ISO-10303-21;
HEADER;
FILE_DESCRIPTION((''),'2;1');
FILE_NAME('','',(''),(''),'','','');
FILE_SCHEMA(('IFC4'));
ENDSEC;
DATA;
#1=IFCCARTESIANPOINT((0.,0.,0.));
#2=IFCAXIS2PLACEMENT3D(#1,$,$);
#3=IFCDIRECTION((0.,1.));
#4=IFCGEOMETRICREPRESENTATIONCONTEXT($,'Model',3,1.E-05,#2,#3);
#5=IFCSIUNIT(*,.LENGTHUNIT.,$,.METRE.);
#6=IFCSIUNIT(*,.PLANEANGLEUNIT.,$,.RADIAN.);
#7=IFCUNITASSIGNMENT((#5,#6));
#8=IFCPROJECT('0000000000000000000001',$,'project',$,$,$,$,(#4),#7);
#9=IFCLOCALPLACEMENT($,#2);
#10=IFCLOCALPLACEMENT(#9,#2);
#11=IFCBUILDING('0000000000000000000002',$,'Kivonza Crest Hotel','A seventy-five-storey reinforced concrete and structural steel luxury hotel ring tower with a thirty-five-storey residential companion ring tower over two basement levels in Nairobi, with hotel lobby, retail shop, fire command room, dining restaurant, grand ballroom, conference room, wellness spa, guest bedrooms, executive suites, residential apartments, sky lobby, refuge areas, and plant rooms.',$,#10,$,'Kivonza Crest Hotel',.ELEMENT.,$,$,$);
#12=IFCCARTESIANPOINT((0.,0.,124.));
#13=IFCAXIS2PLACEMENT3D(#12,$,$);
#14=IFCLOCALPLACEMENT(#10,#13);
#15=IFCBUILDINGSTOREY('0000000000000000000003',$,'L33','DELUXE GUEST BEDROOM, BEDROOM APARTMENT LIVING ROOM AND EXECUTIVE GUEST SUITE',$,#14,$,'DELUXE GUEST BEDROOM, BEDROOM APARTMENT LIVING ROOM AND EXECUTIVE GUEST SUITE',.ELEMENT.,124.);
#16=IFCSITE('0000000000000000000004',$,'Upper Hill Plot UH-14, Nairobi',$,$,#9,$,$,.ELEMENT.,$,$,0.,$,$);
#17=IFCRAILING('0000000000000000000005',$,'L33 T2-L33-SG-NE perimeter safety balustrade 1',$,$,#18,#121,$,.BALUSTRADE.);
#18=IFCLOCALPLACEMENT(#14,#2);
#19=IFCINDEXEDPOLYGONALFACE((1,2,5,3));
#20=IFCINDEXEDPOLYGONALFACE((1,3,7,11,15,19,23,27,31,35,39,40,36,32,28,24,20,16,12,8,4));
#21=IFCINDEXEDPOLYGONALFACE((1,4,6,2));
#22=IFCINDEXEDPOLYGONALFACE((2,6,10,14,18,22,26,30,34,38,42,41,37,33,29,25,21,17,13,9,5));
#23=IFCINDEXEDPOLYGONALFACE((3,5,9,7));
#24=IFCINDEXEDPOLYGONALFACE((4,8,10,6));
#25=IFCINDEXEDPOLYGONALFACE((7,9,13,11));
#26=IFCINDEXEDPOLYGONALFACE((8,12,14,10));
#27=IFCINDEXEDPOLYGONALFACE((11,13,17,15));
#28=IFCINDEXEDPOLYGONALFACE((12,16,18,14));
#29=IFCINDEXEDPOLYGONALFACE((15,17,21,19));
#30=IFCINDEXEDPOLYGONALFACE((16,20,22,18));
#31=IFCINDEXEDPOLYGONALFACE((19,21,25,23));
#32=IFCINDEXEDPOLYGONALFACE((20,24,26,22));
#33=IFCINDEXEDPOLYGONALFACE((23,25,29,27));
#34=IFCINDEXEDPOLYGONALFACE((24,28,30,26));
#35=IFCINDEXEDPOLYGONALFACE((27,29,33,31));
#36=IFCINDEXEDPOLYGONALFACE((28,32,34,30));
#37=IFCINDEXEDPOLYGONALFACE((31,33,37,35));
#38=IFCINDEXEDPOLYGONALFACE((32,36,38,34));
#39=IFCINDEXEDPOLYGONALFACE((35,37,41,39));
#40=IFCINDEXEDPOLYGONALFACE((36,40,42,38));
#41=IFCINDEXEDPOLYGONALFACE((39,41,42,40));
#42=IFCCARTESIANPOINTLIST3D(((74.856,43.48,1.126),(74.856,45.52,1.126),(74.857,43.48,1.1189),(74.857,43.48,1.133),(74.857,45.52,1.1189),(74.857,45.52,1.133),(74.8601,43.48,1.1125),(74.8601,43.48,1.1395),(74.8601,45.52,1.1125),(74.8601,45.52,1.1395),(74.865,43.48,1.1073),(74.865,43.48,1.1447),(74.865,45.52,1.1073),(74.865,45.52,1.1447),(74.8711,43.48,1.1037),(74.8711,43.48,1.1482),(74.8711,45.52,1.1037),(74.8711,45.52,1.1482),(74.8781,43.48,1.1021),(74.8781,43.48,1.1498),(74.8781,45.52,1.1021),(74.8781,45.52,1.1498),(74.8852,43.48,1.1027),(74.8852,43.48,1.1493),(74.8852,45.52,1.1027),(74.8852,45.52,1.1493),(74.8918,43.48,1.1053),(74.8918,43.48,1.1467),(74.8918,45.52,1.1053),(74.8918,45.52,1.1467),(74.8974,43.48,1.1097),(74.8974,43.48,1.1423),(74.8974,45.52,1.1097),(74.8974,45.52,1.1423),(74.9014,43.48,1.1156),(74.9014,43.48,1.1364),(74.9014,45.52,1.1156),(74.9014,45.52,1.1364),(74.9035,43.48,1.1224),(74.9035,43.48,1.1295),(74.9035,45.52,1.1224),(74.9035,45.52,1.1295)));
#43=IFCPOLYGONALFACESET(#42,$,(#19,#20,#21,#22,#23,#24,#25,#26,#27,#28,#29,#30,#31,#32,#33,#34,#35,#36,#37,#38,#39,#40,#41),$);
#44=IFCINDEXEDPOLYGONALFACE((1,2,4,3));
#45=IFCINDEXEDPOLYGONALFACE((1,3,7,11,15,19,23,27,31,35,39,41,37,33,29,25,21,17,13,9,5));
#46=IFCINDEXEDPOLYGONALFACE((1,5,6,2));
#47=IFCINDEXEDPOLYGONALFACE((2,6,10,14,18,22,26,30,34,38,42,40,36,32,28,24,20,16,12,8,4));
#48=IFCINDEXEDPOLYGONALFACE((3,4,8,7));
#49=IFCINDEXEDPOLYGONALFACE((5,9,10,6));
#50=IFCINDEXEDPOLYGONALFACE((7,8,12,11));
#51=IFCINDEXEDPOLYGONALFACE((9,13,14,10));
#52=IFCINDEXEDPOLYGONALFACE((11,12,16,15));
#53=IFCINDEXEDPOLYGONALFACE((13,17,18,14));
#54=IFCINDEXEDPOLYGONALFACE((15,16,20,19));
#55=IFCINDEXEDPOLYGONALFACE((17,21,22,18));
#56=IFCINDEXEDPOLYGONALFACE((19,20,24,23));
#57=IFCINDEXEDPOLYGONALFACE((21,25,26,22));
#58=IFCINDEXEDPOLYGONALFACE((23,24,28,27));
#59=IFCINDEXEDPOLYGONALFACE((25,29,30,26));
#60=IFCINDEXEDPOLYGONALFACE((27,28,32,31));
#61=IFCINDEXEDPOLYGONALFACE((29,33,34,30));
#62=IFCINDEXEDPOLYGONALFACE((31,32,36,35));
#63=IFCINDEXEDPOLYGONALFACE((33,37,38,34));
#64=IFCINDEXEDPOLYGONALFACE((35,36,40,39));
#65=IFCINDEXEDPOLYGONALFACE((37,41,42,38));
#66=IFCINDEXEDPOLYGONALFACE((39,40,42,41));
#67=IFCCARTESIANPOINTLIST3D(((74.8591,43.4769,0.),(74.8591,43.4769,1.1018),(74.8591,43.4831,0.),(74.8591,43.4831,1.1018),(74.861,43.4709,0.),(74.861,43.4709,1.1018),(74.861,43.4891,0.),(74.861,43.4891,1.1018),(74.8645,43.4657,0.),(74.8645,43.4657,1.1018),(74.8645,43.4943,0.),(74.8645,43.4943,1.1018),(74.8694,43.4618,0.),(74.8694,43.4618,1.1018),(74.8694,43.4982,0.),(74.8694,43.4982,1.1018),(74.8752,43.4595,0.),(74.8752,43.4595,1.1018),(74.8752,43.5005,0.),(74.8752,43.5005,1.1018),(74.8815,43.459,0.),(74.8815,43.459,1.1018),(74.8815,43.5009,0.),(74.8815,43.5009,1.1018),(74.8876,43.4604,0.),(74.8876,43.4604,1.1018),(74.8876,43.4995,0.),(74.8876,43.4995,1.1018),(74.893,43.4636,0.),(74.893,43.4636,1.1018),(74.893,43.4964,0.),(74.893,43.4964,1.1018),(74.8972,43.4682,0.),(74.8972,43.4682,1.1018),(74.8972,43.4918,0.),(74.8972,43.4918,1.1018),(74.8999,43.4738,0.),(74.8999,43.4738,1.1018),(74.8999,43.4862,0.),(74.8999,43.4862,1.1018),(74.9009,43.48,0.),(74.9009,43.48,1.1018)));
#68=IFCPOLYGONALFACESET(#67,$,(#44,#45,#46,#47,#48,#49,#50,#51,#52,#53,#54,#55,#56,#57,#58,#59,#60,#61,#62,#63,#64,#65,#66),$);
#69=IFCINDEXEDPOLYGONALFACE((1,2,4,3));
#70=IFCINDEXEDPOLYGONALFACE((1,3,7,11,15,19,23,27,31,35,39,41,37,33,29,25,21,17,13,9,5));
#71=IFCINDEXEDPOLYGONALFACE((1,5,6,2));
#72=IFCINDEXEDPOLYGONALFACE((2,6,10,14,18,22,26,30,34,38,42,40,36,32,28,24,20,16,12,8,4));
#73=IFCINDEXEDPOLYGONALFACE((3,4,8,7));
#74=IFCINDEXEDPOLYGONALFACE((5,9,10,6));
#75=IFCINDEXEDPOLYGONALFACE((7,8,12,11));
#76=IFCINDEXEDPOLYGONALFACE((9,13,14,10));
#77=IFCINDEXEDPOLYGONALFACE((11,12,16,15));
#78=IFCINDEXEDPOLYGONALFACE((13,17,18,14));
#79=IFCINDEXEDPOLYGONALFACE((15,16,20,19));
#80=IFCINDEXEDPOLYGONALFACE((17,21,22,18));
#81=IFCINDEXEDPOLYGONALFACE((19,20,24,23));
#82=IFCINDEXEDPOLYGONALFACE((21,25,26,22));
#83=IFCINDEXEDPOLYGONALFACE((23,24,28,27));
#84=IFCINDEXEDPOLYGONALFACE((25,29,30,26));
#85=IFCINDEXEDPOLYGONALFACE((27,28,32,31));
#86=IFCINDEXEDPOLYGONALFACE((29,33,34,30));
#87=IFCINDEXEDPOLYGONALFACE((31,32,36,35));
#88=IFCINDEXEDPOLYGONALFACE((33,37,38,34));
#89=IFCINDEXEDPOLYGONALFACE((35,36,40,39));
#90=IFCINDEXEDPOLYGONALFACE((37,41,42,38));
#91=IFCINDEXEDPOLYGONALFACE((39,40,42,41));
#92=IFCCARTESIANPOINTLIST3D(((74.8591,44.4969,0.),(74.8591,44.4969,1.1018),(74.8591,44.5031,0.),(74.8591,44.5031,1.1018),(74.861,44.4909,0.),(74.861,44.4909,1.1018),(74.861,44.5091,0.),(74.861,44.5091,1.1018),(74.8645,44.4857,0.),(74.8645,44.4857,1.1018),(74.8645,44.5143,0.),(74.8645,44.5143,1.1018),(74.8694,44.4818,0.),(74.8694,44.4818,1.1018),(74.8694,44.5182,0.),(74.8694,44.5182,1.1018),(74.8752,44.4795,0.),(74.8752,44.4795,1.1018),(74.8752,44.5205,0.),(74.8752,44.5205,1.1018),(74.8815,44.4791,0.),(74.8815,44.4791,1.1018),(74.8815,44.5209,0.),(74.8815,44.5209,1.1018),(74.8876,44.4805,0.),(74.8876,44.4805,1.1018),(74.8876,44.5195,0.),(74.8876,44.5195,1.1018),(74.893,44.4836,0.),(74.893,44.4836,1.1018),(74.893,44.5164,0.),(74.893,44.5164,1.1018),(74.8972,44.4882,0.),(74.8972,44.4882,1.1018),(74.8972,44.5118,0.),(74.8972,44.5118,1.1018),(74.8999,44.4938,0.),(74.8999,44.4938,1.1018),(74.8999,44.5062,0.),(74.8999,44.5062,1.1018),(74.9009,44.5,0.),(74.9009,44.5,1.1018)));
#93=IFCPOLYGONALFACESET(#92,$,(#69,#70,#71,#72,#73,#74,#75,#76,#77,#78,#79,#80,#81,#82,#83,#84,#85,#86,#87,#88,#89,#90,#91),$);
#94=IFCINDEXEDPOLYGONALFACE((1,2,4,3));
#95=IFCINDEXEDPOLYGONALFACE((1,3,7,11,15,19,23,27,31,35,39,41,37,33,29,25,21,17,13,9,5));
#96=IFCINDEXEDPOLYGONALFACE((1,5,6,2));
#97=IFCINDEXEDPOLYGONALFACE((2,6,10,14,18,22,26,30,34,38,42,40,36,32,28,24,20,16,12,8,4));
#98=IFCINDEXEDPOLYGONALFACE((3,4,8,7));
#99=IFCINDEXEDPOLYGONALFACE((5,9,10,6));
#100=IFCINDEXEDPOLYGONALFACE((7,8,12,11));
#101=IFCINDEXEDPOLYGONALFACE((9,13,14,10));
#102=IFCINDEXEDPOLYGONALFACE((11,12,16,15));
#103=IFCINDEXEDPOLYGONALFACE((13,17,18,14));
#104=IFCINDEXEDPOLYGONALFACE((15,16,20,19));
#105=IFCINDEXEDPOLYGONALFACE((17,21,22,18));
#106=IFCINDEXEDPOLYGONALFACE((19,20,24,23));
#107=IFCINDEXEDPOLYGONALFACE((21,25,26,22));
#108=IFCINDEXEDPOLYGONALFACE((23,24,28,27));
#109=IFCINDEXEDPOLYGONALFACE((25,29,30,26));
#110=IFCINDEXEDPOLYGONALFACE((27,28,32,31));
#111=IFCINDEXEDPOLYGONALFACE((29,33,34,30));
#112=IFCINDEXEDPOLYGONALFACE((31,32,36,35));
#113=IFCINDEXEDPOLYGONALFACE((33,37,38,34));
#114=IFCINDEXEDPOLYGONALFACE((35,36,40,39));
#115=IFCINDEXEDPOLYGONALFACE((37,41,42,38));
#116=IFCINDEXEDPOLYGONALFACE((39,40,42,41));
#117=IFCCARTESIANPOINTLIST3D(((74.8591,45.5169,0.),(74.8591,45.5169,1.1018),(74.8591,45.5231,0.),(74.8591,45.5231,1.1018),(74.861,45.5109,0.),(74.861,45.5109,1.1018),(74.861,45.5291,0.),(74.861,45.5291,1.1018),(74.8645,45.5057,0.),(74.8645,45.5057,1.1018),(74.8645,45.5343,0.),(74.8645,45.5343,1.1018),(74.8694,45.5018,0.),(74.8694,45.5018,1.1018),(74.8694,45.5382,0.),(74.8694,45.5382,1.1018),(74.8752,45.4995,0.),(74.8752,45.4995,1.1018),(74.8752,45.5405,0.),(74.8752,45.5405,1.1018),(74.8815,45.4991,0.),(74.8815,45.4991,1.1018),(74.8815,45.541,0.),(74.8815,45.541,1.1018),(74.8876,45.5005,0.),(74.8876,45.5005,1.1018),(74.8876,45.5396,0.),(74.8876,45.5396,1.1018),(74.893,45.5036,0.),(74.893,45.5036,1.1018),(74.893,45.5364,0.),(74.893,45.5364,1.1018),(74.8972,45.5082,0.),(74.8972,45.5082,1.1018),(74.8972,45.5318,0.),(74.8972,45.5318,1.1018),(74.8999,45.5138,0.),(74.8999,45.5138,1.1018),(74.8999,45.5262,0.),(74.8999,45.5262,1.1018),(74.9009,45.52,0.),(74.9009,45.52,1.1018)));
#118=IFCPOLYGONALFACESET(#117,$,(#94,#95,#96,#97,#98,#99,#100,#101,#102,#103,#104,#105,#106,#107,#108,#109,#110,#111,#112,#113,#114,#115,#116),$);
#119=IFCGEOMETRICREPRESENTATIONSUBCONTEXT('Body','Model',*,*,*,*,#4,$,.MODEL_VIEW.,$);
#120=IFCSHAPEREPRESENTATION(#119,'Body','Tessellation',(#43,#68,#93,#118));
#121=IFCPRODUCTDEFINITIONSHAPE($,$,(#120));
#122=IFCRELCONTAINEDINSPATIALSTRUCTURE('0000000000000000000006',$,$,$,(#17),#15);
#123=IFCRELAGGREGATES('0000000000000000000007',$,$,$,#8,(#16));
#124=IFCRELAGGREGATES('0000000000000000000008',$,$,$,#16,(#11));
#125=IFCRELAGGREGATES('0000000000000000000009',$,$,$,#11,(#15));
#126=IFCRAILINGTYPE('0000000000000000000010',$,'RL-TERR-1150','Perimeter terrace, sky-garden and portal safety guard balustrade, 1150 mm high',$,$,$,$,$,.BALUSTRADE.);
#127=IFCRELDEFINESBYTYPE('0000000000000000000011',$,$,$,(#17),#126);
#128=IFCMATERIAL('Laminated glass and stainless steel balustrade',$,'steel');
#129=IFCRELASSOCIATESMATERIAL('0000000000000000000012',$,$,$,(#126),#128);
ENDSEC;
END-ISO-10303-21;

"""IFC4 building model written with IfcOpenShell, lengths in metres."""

from ifc_helpers import new_model, si_unit, direction, frame, origin, origin_2d, place, context, subcontext, project, spatial, circle, extrude, material, type_object, element, save


model = new_model("IFC4")

# Units and contexts
model_context = context("Model", 3, precision=1e-05, world=origin(), true_north=direction((0.0, 1.0)))
body_context = subcontext(model_context, "Body", "Model", "MODEL_VIEW")
ifc_project = project(units=[si_unit("LENGTHUNIT", "METRE"), si_unit("PLANEANGLEUNIT", "RADIAN")], contexts=[model_context])

# Site, building, storey
site_placement = place(None, origin())
site = spatial("IfcSite", under=ifc_project, at=site_placement, Name="Upper Hill Plot UH-14, Nairobi", CompositionType="ELEMENT", RefElevation=0.0)
building_placement = place(site_placement, origin())
building = spatial("IfcBuilding", under=site, at=building_placement, Name="Kivonza Crest Hotel", Description="A seventy-five-storey reinforced concrete and structural steel luxury hotel ring tower with a thirty-five-storey residential companion ring tower over two basement levels in Nairobi, with hotel lobby, retail shop, fire command room, dining restaurant, grand ballroom, conference room, wellness spa, guest bedrooms, executive suites, residential apartments, sky lobby, refuge areas, and plant rooms.", LongName="Kivonza Crest Hotel", CompositionType="ELEMENT")
storey_placement = place(building_placement, frame((0.0, 0.0, 124.0)))
storey = spatial("IfcBuildingStorey", under=building, at=storey_placement, Name="L33", Description="DELUXE GUEST BEDROOM, BEDROOM APARTMENT LIVING ROOM AND EXECUTIVE GUEST SUITE", LongName="DELUXE GUEST BEDROOM, BEDROOM APARTMENT LIVING ROOM AND EXECUTIVE GUEST SUITE", CompositionType="ELEMENT", Elevation=124.0)

# Railing
ifc_material_1 = material(Name="Laminated glass and stainless steel balustrade", Category="steel")
railing_type_1 = type_object("IfcRailingType", Name="RL-TERR-1150", Description="Perimeter terrace, sky-garden and portal safety guard balustrade, 1150 mm high", PredefinedType="BALUSTRADE", material=ifc_material_1)
railing_1_placement = place(storey_placement, frame((74.8799, 43.48, 0.0)))
element("IfcRailing", 1, at=railing_1_placement, inside=storey, type_object=railing_type_1, Name="L33 T2-L33-SG-NE perimeter safety balustrade 1", PredefinedType="BALUSTRADE", context=body_context, shape_type="SweptSolid", body=[
    extrude(circle(Radius=0.0239, at=origin_2d()), frame((0.0, 0.0, 1.126), z_axis=(0.0, 1.0, 0.0), x_axis=(-1.0, 0.0, 0.0)), (0.0, 0.0, 1.0), 2.04),
    extrude(circle(Radius=0.021, at=origin_2d()), origin(), (0.0, 0.0, 1.0), 1.1018),
    extrude(circle(Radius=0.021, at=origin_2d()), frame((0.0, 1.02, 0.0)), (0.0, 0.0, 1.0), 1.1018),
    extrude(circle(Radius=0.021, at=origin_2d()), frame((0.0, 2.04, 0.0)), (0.0, 0.0, 1.0), 1.1018),
])

save(model, "model.ifc")
